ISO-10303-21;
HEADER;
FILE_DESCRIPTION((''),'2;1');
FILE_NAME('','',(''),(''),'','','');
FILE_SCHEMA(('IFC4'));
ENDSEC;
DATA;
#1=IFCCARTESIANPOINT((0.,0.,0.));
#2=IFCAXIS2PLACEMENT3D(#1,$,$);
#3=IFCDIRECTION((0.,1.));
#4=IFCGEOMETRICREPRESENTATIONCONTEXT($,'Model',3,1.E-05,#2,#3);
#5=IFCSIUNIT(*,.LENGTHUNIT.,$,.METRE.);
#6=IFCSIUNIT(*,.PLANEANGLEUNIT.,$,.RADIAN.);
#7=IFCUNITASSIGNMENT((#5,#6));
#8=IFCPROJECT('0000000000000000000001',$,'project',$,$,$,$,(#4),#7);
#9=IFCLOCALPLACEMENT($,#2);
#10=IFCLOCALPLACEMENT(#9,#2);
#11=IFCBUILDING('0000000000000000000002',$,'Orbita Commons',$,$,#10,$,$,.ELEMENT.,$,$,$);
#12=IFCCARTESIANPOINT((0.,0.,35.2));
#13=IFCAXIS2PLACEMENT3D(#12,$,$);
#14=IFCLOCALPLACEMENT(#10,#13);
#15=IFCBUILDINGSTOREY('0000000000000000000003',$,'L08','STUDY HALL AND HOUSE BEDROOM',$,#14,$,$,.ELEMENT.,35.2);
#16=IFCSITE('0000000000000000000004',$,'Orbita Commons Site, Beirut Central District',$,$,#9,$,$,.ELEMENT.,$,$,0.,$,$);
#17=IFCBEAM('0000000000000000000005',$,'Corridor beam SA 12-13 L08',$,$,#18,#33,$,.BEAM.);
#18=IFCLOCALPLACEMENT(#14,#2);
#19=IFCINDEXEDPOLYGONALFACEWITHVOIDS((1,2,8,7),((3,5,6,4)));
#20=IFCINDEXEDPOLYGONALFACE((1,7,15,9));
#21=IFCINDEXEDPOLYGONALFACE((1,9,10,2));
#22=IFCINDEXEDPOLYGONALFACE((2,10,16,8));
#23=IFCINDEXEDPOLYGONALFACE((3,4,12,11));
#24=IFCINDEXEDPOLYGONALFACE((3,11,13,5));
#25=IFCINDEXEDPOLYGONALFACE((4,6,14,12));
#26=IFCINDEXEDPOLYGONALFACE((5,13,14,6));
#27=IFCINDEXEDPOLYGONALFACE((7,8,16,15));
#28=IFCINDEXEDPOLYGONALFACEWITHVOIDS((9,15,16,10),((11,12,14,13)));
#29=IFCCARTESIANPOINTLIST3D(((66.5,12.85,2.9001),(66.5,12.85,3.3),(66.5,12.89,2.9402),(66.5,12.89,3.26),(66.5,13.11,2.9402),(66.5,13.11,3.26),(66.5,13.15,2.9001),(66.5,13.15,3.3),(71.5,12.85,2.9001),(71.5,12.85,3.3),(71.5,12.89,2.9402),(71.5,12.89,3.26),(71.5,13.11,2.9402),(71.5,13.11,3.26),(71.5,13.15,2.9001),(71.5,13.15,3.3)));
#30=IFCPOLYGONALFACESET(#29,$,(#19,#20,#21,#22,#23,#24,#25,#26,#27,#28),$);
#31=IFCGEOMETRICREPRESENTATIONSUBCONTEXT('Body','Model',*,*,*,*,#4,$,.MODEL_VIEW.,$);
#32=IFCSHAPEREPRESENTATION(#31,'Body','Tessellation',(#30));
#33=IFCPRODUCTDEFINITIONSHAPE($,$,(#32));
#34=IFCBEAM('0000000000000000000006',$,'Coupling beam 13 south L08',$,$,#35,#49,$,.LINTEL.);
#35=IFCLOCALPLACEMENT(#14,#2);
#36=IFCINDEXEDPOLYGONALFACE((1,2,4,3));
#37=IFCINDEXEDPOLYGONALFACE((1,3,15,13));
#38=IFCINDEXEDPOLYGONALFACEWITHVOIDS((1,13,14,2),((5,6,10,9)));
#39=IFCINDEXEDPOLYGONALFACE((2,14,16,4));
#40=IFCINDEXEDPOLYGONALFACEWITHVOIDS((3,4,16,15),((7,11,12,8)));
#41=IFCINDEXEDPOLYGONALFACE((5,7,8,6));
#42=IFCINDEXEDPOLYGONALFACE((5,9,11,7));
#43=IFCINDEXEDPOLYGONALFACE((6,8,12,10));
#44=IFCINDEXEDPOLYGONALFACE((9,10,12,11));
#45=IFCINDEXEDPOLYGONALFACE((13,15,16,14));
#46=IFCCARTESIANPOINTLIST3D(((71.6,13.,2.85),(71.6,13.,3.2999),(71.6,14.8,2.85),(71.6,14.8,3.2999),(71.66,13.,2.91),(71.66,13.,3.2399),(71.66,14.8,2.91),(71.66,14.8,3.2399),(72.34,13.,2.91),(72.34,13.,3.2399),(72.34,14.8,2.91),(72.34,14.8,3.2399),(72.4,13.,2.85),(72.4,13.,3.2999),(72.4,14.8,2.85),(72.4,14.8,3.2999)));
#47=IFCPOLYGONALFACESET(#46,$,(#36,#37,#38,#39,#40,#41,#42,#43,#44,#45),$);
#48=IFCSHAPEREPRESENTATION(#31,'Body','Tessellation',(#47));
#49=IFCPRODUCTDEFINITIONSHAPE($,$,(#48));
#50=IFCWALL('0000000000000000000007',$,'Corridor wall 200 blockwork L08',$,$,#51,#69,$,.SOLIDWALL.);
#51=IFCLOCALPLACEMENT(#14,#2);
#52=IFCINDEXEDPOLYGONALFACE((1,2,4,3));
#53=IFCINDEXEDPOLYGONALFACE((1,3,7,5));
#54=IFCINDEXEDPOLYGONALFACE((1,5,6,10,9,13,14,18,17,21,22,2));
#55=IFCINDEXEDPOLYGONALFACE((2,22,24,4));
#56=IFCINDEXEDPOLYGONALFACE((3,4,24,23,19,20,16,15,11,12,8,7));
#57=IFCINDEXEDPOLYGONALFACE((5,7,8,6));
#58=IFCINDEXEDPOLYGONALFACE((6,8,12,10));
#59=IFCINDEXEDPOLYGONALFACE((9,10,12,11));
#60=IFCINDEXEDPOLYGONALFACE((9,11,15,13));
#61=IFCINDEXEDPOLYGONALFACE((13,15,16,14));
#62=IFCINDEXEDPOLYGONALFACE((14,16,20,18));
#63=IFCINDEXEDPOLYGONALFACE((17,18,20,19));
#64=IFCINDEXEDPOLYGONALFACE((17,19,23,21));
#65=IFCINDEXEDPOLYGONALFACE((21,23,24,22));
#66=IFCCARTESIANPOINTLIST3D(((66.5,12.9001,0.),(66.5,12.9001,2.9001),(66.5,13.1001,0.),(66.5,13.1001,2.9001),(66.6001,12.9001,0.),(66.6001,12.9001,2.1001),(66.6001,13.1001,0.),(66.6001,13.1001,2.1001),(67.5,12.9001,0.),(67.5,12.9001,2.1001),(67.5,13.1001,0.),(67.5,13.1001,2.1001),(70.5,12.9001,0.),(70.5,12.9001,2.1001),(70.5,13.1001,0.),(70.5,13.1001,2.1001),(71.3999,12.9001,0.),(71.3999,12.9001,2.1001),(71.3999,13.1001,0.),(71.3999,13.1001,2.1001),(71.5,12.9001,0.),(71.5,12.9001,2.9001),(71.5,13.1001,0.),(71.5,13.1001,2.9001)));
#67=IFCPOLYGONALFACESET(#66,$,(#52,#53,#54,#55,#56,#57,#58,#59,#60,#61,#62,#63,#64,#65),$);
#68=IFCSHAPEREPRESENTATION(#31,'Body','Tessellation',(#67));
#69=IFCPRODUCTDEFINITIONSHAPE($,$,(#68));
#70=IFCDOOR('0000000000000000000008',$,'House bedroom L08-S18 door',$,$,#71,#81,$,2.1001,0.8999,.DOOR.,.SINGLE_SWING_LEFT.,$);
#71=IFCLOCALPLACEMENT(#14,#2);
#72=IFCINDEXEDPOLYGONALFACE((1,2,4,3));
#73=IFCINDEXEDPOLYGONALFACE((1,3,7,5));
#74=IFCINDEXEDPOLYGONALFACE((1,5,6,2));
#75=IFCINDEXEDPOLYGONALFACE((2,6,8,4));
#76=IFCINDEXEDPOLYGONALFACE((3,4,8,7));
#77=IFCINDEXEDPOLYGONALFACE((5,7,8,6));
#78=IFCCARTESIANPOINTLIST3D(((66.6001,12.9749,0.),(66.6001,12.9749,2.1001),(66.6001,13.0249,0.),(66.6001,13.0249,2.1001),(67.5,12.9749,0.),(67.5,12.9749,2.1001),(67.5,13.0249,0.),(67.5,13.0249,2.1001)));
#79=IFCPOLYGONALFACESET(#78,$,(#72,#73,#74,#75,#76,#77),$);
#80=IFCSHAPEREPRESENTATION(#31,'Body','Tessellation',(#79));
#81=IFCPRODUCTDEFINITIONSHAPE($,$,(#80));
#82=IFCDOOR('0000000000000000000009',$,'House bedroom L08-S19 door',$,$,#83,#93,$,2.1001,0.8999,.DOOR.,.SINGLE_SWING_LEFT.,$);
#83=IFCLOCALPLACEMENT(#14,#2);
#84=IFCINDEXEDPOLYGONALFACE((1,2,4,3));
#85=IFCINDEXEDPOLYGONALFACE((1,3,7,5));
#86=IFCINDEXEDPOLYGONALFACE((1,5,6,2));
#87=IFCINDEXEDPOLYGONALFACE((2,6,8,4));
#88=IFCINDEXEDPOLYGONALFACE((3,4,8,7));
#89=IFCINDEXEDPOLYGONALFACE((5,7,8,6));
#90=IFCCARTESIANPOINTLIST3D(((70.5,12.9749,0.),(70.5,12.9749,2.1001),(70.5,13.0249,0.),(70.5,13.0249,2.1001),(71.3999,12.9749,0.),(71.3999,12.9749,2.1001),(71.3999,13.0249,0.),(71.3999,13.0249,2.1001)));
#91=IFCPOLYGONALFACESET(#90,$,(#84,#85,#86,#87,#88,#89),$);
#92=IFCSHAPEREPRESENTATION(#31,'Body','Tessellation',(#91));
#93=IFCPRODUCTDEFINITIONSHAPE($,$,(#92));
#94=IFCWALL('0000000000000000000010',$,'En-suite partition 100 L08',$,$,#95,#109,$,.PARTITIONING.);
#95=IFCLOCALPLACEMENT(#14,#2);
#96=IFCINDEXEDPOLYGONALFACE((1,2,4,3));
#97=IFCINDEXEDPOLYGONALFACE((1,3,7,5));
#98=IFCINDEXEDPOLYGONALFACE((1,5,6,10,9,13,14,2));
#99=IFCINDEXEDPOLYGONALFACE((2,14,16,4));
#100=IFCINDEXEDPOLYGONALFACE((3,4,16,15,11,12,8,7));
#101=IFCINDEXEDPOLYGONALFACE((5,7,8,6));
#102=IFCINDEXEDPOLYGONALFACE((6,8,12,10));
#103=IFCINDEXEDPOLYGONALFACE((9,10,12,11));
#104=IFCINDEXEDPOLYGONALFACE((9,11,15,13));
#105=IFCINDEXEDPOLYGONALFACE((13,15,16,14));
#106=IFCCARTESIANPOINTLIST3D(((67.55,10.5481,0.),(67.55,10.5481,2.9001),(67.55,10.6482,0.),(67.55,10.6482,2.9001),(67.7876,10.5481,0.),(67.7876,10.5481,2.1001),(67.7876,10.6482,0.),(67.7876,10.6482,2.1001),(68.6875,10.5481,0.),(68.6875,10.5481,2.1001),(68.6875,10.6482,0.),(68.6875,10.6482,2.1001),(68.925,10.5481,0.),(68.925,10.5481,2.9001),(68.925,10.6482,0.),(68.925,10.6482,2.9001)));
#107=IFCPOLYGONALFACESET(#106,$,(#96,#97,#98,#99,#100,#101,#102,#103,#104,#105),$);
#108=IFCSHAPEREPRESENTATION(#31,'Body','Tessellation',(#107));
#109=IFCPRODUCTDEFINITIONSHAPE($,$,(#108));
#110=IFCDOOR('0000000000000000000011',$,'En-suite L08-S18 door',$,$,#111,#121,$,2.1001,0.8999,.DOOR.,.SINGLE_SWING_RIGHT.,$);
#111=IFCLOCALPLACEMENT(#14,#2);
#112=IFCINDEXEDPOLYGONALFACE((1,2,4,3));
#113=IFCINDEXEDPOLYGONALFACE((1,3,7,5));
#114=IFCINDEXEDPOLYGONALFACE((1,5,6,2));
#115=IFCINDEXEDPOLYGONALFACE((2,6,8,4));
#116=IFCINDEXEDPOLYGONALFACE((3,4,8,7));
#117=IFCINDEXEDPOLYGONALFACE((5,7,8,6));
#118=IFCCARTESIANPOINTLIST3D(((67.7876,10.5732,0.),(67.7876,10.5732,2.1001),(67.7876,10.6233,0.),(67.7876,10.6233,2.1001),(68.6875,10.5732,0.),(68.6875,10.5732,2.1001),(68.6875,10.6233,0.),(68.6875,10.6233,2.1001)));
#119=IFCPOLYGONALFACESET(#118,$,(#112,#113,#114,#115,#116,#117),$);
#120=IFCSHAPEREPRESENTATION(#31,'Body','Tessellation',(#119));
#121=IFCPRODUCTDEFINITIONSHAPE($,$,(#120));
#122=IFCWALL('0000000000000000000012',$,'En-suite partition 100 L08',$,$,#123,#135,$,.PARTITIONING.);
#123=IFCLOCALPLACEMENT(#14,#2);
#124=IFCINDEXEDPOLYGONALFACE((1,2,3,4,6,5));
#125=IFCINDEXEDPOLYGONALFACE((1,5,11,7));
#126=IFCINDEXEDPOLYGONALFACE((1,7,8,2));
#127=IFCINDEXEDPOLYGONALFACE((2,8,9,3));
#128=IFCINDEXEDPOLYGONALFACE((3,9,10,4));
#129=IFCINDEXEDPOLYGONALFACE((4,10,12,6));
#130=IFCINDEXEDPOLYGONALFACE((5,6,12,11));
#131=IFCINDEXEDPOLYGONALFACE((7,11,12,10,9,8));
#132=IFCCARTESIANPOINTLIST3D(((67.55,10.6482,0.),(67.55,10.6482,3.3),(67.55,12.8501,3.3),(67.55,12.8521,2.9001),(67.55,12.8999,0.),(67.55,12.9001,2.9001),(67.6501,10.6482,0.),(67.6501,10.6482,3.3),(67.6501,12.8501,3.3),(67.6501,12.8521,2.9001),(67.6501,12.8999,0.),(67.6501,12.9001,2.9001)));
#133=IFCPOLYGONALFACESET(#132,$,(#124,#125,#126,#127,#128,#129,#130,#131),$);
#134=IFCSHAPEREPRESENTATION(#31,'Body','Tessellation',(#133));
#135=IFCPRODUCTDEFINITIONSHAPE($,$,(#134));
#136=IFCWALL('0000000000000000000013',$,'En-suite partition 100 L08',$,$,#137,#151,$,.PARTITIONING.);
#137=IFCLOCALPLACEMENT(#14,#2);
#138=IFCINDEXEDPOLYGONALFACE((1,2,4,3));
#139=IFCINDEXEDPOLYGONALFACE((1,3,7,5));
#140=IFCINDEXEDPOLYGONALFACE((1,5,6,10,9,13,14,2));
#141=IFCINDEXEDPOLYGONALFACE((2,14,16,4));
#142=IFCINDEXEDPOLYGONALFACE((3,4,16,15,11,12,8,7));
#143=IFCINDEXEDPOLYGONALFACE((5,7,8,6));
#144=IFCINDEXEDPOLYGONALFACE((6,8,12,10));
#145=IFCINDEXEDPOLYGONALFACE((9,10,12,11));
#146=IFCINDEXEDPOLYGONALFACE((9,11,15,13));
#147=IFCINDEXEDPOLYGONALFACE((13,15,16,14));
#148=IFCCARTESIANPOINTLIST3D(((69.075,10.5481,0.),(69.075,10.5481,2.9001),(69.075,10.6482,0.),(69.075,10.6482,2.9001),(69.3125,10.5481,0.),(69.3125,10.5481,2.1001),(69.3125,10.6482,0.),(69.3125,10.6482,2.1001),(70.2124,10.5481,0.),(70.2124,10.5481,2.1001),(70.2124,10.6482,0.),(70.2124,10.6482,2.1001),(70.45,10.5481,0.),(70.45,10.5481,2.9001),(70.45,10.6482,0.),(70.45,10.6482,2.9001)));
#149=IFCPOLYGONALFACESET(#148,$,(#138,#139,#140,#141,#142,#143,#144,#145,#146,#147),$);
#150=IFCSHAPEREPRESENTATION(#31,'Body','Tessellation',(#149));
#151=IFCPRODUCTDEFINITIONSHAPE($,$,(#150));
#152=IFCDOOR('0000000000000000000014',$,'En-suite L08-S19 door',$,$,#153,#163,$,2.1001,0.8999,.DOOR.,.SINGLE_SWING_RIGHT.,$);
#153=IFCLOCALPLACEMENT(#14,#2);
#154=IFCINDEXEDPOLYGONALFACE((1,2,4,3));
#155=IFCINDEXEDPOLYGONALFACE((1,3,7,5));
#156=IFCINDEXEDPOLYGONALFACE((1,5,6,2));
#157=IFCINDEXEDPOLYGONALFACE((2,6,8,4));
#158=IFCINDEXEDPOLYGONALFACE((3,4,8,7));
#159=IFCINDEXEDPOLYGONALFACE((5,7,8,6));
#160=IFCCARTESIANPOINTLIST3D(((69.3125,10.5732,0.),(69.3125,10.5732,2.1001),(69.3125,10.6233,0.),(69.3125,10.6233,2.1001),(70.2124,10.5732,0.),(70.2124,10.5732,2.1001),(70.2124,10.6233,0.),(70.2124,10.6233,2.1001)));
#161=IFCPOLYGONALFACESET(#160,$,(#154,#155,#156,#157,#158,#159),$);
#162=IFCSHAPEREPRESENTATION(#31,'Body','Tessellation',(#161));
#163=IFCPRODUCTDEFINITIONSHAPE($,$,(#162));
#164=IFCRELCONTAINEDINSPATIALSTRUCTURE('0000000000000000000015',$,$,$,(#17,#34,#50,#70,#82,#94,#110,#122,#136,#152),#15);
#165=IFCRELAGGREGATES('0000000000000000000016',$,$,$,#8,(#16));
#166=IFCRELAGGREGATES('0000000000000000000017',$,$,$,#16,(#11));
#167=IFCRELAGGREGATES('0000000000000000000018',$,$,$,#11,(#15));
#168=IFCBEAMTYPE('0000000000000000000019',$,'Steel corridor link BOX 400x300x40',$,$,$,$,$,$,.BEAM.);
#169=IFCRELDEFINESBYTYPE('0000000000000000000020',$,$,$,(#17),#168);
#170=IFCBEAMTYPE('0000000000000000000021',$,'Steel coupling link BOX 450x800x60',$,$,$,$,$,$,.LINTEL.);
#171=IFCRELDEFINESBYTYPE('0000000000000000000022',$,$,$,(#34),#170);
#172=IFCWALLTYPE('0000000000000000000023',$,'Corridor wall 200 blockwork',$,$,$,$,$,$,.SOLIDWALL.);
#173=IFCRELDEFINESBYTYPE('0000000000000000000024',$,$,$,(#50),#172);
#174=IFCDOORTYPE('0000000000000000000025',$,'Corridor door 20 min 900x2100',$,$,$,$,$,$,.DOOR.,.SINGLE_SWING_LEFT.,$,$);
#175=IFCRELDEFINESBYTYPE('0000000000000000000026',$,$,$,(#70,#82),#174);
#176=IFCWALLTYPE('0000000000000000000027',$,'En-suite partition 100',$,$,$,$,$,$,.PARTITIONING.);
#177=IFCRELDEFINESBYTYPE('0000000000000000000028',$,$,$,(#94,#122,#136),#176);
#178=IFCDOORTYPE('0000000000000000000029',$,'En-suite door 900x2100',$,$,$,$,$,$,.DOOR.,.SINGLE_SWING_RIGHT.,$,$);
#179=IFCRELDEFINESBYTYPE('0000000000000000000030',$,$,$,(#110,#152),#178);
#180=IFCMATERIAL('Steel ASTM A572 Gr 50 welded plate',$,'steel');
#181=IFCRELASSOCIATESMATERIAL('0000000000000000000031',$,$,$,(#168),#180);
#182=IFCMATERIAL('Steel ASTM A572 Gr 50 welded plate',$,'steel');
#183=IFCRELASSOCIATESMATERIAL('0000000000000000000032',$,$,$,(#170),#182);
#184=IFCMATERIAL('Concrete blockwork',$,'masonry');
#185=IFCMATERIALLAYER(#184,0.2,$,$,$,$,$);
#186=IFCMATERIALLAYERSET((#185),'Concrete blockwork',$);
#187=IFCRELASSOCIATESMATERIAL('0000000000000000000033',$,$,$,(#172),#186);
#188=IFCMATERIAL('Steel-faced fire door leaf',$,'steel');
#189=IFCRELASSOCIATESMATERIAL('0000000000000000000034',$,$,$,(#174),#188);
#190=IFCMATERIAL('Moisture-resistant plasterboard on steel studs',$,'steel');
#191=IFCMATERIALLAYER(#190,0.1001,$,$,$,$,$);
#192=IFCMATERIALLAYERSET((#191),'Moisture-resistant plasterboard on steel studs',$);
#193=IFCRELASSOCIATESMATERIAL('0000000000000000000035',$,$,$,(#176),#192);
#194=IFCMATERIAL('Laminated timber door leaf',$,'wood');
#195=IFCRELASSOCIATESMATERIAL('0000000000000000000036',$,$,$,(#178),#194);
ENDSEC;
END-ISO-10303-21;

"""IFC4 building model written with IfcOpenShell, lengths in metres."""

from ifc_helpers import new_model, si_unit, direction, frame, frame_2d, origin, origin_2d, place, context, subcontext, project, spatial, polyline, rectangle, hollow_rectangle, outline, extrude, material, layer, layer_set, material_profile, profile_set, type_object, element, fill, save


model = new_model("IFC4")

# Units and contexts
model_context = context("Model", 3, precision=1e-05, world=origin(), true_north=direction((0.0, 1.0)))
body_context = subcontext(model_context, "Body", "Model", "MODEL_VIEW")
ifc_project = project(units=[si_unit("LENGTHUNIT", "METRE"), si_unit("PLANEANGLEUNIT", "RADIAN")], contexts=[model_context])

# Site, building, storey
site_placement = place(None, origin())
site = spatial("IfcSite", under=ifc_project, at=site_placement, Name="Orbita Commons Site, Beirut Central District", CompositionType="ELEMENT", RefElevation=0.0)
building_placement = place(site_placement, origin())
building = spatial("IfcBuilding", under=site, at=building_placement, Name="Orbita Commons", CompositionType="ELEMENT")
storey_placement = place(building_placement, frame((0.0, 0.0, 35.2)))
storey = spatial("IfcBuildingStorey", under=building, at=storey_placement, Name="L08", Description="STUDY HALL AND HOUSE BEDROOM", CompositionType="ELEMENT", Elevation=35.2)

# Beams
ifc_material_1 = material(Name="Steel ASTM A572 Gr 50 welded plate", Category="steel")
ifc_material_profile_1 = material_profile(ifc_material_1, hollow_rectangle(XDim=0.3, YDim=0.3999, WallThickness=0.04, at=origin_2d()), Name="BOX 400x300x40")
ifc_profile_set_1 = profile_set([ifc_material_profile_1], Name="Steel ASTM A572 Gr 50 welded plate")
beam_type_1 = type_object("IfcBeamType", Name="Steel corridor link BOX 400x300x40", PredefinedType="BEAM", material=ifc_profile_set_1)
beam_1_placement = place(storey_placement, frame((66.5, 13.0, 3.1001), z_axis=(1.0, 0.0, 0.0), x_axis=(0.0, 1.0, 0.0)))
element("IfcBeam", 1, at=beam_1_placement, inside=storey, type_object=beam_type_1, Name="Corridor beam SA 12-13 L08", PredefinedType="BEAM", context=body_context, shape_type="SweptSolid", body=[
    extrude(hollow_rectangle(XDim=0.3, YDim=0.3999, WallThickness=0.04, at=origin_2d()), origin(), (0.0, 0.0, 1.0), 5.0),
])
ifc_material_2 = material(Name="Steel ASTM A572 Gr 50 welded plate", Category="steel")
ifc_material_profile_2 = material_profile(ifc_material_2, hollow_rectangle(XDim=0.8, YDim=0.45, WallThickness=0.0601, at=origin_2d()), Name="BOX 450x800x60")
ifc_profile_set_2 = profile_set([ifc_material_profile_2], Name="Steel ASTM A572 Gr 50 welded plate")
beam_type_2 = type_object("IfcBeamType", Name="Steel coupling link BOX 450x800x60", PredefinedType="LINTEL", material=ifc_profile_set_2)
beam_2_placement = place(storey_placement, frame((72.0, 13.0, 3.075), z_axis=(0.0, 1.0, 0.0), x_axis=(-1.0, 0.0, 0.0)))
element("IfcBeam", 2, at=beam_2_placement, inside=storey, type_object=beam_type_2, Name="Coupling beam 13 south L08", PredefinedType="LINTEL", context=body_context, shape_type="SweptSolid", body=[
    extrude(hollow_rectangle(XDim=0.8, YDim=0.45, WallThickness=0.0601, at=origin_2d()), origin(), (0.0, 0.0, 1.0), 1.8),
])

# Wall, openings, doors
ifc_material_3 = material(Name="Concrete blockwork", Category="masonry")
ifc_layer_1 = layer(ifc_material_3, 0.2)
ifc_layer_set_1 = layer_set([ifc_layer_1], Name="Concrete blockwork")
wall_type_1 = type_object("IfcWallType", Name="Corridor wall 200 blockwork", PredefinedType="SOLIDWALL", material=ifc_layer_set_1)
wall_1_placement = place(storey_placement, frame((66.5, 13.0, 0.0), z_axis=(0.0, 0.0, 1.0), x_axis=(1.0, 0.0, 0.0)))
wall_1 = element("IfcWall", 3, at=wall_1_placement, inside=storey, type_object=wall_type_1, Name="Corridor wall 200 blockwork L08", PredefinedType="SOLIDWALL", context=body_context, shape_type="SweptSolid", body=[
    extrude(outline(polyline([(0.0, 0.0), (5.0, 0.0), (5.0, 2.9001), (0.0, 2.9001), (0.0, 0.0)])), frame((0.0, 0.1001, 0.0), z_axis=(0.0, -1.0, 0.0), x_axis=(1.0, 0.0, 0.0)), (0.0, 0.0, 1.0), 0.2),
])
opening_1_placement = place(wall_1_placement, frame((0.1001, 0.0, 0.0)))
opening_1 = element("IfcOpeningElement", 4, at=opening_1_placement, cuts=wall_1, PredefinedType="OPENING", context=body_context, shape_type="SweptSolid", body=[
    extrude(rectangle(XDim=0.8999, YDim=2.1001, at=frame_2d((0.45, 1.05))), frame((0.0, 0.1099, 0.0), z_axis=(0.0, -1.0, 0.0), x_axis=(1.0, 0.0, 0.0)), (0.0, 0.0, 1.0), 0.22),
])
opening_2_placement = place(wall_1_placement, frame((4.0, 0.0, 0.0)))
opening_2 = element("IfcOpeningElement", 5, at=opening_2_placement, cuts=wall_1, PredefinedType="OPENING", context=body_context, shape_type="SweptSolid", body=[
    extrude(rectangle(XDim=0.8999, YDim=2.1001, at=frame_2d((0.45, 1.05))), frame((0.0, 0.1099, 0.0), z_axis=(0.0, -1.0, 0.0), x_axis=(1.0, 0.0, 0.0)), (0.0, 0.0, 1.0), 0.22),
])
ifc_material_4 = material(Name="Steel-faced fire door leaf", Category="steel")
door_type_1 = type_object("IfcDoorType", Name="Corridor door 20 min 900x2100", OperationType="SINGLE_SWING_LEFT", PredefinedType="DOOR", material=ifc_material_4)
door_1_placement = place(opening_1_placement, origin())
door_1 = element("IfcDoor", 6, at=door_1_placement, inside=storey, type_object=door_type_1, Name="House bedroom L08-S18 door", OperationType="SINGLE_SWING_LEFT", OverallHeight=2.1001, OverallWidth=0.8999, PredefinedType="DOOR", context=body_context, shape_type="SweptSolid", body=[
    extrude(rectangle(XDim=0.8999, YDim=2.1001, at=frame_2d((0.45, 1.05))), frame((0.0, 0.0249, 0.0), z_axis=(0.0, -1.0, 0.0), x_axis=(1.0, 0.0, 0.0)), (0.0, 0.0, 1.0), 0.05),
])
fill(opening_1, door_1)
door_2_placement = place(opening_2_placement, origin())
door_2 = element("IfcDoor", 7, at=door_2_placement, inside=storey, type_object=door_type_1, Name="House bedroom L08-S19 door", OperationType="SINGLE_SWING_LEFT", OverallHeight=2.1001, OverallWidth=0.8999, PredefinedType="DOOR", context=body_context, shape_type="SweptSolid", body=[
    extrude(rectangle(XDim=0.8999, YDim=2.1001, at=frame_2d((0.45, 1.05))), frame((0.0, 0.0249, 0.0), z_axis=(0.0, -1.0, 0.0), x_axis=(1.0, 0.0, 0.0)), (0.0, 0.0, 1.0), 0.05),
])
fill(opening_2, door_2)

# Wall, opening, door
ifc_material_5 = material(Name="Moisture-resistant plasterboard on steel studs", Category="steel")
ifc_layer_2 = layer(ifc_material_5, 0.1001)
ifc_layer_set_2 = layer_set([ifc_layer_2], Name="Moisture-resistant plasterboard on steel studs")
wall_type_2 = type_object("IfcWallType", Name="En-suite partition 100", PredefinedType="PARTITIONING", material=ifc_layer_set_2)
wall_2_placement = place(storey_placement, frame((68.925, 10.5981, 0.0), z_axis=(0.0, 0.0, 1.0), x_axis=(-1.0, 0.0, 0.0)))
wall_2 = element("IfcWall", 8, at=wall_2_placement, inside=storey, type_object=wall_type_2, Name="En-suite partition 100 L08", PredefinedType="PARTITIONING", context=body_context, shape_type="SweptSolid", body=[
    extrude(outline(polyline([(0.0, 0.0), (1.375, 0.0), (1.375, 2.9001), (0.0, 2.9001), (0.0, 0.0)])), frame((0.0, 0.05, 0.0), z_axis=(0.0, -1.0, 0.0), x_axis=(1.0, 0.0, 0.0)), (0.0, 0.0, 1.0), 0.1001),
])
opening_3_placement = place(wall_2_placement, frame((0.2375, 0.0, 0.0)))
opening_3 = element("IfcOpeningElement", 9, at=opening_3_placement, cuts=wall_2, PredefinedType="OPENING", context=body_context, shape_type="SweptSolid", body=[
    extrude(rectangle(XDim=0.8999, YDim=2.1001, at=frame_2d((0.45, 1.05))), frame((0.0, 0.0601, 0.0), z_axis=(0.0, -1.0, 0.0), x_axis=(1.0, 0.0, 0.0)), (0.0, 0.0, 1.0), 0.1201),
])
ifc_material_6 = material(Name="Laminated timber door leaf", Category="wood")
door_type_2 = type_object("IfcDoorType", Name="En-suite door 900x2100", OperationType="SINGLE_SWING_RIGHT", PredefinedType="DOOR", material=ifc_material_6)
door_3_placement = place(opening_3_placement, origin())
door_3 = element("IfcDoor", 10, at=door_3_placement, inside=storey, type_object=door_type_2, Name="En-suite L08-S18 door", OperationType="SINGLE_SWING_RIGHT", OverallHeight=2.1001, OverallWidth=0.8999, PredefinedType="DOOR", context=body_context, shape_type="SweptSolid", body=[
    extrude(rectangle(XDim=0.8999, YDim=2.1001, at=frame_2d((0.45, 1.05))), frame((0.0, 0.0249, 0.0), z_axis=(0.0, -1.0, 0.0), x_axis=(1.0, 0.0, 0.0)), (0.0, 0.0, 1.0), 0.05),
])
fill(opening_3, door_3)

# Wall
wall_3_placement = place(storey_placement, frame((67.6001, 10.6482, 0.0), z_axis=(0.0, 0.0, 1.0), x_axis=(0.0, 1.0, 0.0)))
element("IfcWall", 11, at=wall_3_placement, inside=storey, type_object=wall_type_2, Name="En-suite partition 100 L08", PredefinedType="PARTITIONING", context=body_context, shape_type="SweptSolid", body=[
    extrude(outline(polyline([(0.0, 0.0), (2.2517, 0.0), (2.252, 2.9001), (2.2039, 2.9001), (2.2019, 3.3), (0.0, 3.3), (0.0, 0.0)])), frame((0.0, 0.05, 0.0), z_axis=(0.0, -1.0, 0.0), x_axis=(1.0, 0.0, 0.0)), (0.0, 0.0, 1.0), 0.1001),
])

# Wall, opening, door
wall_4_placement = place(storey_placement, frame((70.45, 10.5981, 0.0), z_axis=(0.0, 0.0, 1.0), x_axis=(-1.0, 0.0, 0.0)))
wall_4 = element("IfcWall", 12, at=wall_4_placement, inside=storey, type_object=wall_type_2, Name="En-suite partition 100 L08", PredefinedType="PARTITIONING", context=body_context, shape_type="SweptSolid", body=[
    extrude(outline(polyline([(0.0, 0.0), (1.375, 0.0), (1.375, 2.9001), (0.0, 2.9001), (0.0, 0.0)])), frame((0.0, 0.05, 0.0), z_axis=(0.0, -1.0, 0.0), x_axis=(1.0, 0.0, 0.0)), (0.0, 0.0, 1.0), 0.1001),
])
opening_4_placement = place(wall_4_placement, frame((0.2375, 0.0, 0.0)))
opening_4 = element("IfcOpeningElement", 13, at=opening_4_placement, cuts=wall_4, PredefinedType="OPENING", context=body_context, shape_type="SweptSolid", body=[
    extrude(rectangle(XDim=0.8999, YDim=2.1001, at=frame_2d((0.45, 1.05))), frame((0.0, 0.0601, 0.0), z_axis=(0.0, -1.0, 0.0), x_axis=(1.0, 0.0, 0.0)), (0.0, 0.0, 1.0), 0.1201),
])
door_4_placement = place(opening_4_placement, origin())
door_4 = element("IfcDoor", 14, at=door_4_placement, inside=storey, type_object=door_type_2, Name="En-suite L08-S19 door", OperationType="SINGLE_SWING_RIGHT", OverallHeight=2.1001, OverallWidth=0.8999, PredefinedType="DOOR", context=body_context, shape_type="SweptSolid", body=[
    extrude(rectangle(XDim=0.8999, YDim=2.1001, at=frame_2d((0.45, 1.05))), frame((0.0, 0.0249, 0.0), z_axis=(0.0, -1.0, 0.0), x_axis=(1.0, 0.0, 0.0)), (0.0, 0.0, 1.0), 0.05),
])
fill(opening_4, door_4)

save(model, "model.ifc")
